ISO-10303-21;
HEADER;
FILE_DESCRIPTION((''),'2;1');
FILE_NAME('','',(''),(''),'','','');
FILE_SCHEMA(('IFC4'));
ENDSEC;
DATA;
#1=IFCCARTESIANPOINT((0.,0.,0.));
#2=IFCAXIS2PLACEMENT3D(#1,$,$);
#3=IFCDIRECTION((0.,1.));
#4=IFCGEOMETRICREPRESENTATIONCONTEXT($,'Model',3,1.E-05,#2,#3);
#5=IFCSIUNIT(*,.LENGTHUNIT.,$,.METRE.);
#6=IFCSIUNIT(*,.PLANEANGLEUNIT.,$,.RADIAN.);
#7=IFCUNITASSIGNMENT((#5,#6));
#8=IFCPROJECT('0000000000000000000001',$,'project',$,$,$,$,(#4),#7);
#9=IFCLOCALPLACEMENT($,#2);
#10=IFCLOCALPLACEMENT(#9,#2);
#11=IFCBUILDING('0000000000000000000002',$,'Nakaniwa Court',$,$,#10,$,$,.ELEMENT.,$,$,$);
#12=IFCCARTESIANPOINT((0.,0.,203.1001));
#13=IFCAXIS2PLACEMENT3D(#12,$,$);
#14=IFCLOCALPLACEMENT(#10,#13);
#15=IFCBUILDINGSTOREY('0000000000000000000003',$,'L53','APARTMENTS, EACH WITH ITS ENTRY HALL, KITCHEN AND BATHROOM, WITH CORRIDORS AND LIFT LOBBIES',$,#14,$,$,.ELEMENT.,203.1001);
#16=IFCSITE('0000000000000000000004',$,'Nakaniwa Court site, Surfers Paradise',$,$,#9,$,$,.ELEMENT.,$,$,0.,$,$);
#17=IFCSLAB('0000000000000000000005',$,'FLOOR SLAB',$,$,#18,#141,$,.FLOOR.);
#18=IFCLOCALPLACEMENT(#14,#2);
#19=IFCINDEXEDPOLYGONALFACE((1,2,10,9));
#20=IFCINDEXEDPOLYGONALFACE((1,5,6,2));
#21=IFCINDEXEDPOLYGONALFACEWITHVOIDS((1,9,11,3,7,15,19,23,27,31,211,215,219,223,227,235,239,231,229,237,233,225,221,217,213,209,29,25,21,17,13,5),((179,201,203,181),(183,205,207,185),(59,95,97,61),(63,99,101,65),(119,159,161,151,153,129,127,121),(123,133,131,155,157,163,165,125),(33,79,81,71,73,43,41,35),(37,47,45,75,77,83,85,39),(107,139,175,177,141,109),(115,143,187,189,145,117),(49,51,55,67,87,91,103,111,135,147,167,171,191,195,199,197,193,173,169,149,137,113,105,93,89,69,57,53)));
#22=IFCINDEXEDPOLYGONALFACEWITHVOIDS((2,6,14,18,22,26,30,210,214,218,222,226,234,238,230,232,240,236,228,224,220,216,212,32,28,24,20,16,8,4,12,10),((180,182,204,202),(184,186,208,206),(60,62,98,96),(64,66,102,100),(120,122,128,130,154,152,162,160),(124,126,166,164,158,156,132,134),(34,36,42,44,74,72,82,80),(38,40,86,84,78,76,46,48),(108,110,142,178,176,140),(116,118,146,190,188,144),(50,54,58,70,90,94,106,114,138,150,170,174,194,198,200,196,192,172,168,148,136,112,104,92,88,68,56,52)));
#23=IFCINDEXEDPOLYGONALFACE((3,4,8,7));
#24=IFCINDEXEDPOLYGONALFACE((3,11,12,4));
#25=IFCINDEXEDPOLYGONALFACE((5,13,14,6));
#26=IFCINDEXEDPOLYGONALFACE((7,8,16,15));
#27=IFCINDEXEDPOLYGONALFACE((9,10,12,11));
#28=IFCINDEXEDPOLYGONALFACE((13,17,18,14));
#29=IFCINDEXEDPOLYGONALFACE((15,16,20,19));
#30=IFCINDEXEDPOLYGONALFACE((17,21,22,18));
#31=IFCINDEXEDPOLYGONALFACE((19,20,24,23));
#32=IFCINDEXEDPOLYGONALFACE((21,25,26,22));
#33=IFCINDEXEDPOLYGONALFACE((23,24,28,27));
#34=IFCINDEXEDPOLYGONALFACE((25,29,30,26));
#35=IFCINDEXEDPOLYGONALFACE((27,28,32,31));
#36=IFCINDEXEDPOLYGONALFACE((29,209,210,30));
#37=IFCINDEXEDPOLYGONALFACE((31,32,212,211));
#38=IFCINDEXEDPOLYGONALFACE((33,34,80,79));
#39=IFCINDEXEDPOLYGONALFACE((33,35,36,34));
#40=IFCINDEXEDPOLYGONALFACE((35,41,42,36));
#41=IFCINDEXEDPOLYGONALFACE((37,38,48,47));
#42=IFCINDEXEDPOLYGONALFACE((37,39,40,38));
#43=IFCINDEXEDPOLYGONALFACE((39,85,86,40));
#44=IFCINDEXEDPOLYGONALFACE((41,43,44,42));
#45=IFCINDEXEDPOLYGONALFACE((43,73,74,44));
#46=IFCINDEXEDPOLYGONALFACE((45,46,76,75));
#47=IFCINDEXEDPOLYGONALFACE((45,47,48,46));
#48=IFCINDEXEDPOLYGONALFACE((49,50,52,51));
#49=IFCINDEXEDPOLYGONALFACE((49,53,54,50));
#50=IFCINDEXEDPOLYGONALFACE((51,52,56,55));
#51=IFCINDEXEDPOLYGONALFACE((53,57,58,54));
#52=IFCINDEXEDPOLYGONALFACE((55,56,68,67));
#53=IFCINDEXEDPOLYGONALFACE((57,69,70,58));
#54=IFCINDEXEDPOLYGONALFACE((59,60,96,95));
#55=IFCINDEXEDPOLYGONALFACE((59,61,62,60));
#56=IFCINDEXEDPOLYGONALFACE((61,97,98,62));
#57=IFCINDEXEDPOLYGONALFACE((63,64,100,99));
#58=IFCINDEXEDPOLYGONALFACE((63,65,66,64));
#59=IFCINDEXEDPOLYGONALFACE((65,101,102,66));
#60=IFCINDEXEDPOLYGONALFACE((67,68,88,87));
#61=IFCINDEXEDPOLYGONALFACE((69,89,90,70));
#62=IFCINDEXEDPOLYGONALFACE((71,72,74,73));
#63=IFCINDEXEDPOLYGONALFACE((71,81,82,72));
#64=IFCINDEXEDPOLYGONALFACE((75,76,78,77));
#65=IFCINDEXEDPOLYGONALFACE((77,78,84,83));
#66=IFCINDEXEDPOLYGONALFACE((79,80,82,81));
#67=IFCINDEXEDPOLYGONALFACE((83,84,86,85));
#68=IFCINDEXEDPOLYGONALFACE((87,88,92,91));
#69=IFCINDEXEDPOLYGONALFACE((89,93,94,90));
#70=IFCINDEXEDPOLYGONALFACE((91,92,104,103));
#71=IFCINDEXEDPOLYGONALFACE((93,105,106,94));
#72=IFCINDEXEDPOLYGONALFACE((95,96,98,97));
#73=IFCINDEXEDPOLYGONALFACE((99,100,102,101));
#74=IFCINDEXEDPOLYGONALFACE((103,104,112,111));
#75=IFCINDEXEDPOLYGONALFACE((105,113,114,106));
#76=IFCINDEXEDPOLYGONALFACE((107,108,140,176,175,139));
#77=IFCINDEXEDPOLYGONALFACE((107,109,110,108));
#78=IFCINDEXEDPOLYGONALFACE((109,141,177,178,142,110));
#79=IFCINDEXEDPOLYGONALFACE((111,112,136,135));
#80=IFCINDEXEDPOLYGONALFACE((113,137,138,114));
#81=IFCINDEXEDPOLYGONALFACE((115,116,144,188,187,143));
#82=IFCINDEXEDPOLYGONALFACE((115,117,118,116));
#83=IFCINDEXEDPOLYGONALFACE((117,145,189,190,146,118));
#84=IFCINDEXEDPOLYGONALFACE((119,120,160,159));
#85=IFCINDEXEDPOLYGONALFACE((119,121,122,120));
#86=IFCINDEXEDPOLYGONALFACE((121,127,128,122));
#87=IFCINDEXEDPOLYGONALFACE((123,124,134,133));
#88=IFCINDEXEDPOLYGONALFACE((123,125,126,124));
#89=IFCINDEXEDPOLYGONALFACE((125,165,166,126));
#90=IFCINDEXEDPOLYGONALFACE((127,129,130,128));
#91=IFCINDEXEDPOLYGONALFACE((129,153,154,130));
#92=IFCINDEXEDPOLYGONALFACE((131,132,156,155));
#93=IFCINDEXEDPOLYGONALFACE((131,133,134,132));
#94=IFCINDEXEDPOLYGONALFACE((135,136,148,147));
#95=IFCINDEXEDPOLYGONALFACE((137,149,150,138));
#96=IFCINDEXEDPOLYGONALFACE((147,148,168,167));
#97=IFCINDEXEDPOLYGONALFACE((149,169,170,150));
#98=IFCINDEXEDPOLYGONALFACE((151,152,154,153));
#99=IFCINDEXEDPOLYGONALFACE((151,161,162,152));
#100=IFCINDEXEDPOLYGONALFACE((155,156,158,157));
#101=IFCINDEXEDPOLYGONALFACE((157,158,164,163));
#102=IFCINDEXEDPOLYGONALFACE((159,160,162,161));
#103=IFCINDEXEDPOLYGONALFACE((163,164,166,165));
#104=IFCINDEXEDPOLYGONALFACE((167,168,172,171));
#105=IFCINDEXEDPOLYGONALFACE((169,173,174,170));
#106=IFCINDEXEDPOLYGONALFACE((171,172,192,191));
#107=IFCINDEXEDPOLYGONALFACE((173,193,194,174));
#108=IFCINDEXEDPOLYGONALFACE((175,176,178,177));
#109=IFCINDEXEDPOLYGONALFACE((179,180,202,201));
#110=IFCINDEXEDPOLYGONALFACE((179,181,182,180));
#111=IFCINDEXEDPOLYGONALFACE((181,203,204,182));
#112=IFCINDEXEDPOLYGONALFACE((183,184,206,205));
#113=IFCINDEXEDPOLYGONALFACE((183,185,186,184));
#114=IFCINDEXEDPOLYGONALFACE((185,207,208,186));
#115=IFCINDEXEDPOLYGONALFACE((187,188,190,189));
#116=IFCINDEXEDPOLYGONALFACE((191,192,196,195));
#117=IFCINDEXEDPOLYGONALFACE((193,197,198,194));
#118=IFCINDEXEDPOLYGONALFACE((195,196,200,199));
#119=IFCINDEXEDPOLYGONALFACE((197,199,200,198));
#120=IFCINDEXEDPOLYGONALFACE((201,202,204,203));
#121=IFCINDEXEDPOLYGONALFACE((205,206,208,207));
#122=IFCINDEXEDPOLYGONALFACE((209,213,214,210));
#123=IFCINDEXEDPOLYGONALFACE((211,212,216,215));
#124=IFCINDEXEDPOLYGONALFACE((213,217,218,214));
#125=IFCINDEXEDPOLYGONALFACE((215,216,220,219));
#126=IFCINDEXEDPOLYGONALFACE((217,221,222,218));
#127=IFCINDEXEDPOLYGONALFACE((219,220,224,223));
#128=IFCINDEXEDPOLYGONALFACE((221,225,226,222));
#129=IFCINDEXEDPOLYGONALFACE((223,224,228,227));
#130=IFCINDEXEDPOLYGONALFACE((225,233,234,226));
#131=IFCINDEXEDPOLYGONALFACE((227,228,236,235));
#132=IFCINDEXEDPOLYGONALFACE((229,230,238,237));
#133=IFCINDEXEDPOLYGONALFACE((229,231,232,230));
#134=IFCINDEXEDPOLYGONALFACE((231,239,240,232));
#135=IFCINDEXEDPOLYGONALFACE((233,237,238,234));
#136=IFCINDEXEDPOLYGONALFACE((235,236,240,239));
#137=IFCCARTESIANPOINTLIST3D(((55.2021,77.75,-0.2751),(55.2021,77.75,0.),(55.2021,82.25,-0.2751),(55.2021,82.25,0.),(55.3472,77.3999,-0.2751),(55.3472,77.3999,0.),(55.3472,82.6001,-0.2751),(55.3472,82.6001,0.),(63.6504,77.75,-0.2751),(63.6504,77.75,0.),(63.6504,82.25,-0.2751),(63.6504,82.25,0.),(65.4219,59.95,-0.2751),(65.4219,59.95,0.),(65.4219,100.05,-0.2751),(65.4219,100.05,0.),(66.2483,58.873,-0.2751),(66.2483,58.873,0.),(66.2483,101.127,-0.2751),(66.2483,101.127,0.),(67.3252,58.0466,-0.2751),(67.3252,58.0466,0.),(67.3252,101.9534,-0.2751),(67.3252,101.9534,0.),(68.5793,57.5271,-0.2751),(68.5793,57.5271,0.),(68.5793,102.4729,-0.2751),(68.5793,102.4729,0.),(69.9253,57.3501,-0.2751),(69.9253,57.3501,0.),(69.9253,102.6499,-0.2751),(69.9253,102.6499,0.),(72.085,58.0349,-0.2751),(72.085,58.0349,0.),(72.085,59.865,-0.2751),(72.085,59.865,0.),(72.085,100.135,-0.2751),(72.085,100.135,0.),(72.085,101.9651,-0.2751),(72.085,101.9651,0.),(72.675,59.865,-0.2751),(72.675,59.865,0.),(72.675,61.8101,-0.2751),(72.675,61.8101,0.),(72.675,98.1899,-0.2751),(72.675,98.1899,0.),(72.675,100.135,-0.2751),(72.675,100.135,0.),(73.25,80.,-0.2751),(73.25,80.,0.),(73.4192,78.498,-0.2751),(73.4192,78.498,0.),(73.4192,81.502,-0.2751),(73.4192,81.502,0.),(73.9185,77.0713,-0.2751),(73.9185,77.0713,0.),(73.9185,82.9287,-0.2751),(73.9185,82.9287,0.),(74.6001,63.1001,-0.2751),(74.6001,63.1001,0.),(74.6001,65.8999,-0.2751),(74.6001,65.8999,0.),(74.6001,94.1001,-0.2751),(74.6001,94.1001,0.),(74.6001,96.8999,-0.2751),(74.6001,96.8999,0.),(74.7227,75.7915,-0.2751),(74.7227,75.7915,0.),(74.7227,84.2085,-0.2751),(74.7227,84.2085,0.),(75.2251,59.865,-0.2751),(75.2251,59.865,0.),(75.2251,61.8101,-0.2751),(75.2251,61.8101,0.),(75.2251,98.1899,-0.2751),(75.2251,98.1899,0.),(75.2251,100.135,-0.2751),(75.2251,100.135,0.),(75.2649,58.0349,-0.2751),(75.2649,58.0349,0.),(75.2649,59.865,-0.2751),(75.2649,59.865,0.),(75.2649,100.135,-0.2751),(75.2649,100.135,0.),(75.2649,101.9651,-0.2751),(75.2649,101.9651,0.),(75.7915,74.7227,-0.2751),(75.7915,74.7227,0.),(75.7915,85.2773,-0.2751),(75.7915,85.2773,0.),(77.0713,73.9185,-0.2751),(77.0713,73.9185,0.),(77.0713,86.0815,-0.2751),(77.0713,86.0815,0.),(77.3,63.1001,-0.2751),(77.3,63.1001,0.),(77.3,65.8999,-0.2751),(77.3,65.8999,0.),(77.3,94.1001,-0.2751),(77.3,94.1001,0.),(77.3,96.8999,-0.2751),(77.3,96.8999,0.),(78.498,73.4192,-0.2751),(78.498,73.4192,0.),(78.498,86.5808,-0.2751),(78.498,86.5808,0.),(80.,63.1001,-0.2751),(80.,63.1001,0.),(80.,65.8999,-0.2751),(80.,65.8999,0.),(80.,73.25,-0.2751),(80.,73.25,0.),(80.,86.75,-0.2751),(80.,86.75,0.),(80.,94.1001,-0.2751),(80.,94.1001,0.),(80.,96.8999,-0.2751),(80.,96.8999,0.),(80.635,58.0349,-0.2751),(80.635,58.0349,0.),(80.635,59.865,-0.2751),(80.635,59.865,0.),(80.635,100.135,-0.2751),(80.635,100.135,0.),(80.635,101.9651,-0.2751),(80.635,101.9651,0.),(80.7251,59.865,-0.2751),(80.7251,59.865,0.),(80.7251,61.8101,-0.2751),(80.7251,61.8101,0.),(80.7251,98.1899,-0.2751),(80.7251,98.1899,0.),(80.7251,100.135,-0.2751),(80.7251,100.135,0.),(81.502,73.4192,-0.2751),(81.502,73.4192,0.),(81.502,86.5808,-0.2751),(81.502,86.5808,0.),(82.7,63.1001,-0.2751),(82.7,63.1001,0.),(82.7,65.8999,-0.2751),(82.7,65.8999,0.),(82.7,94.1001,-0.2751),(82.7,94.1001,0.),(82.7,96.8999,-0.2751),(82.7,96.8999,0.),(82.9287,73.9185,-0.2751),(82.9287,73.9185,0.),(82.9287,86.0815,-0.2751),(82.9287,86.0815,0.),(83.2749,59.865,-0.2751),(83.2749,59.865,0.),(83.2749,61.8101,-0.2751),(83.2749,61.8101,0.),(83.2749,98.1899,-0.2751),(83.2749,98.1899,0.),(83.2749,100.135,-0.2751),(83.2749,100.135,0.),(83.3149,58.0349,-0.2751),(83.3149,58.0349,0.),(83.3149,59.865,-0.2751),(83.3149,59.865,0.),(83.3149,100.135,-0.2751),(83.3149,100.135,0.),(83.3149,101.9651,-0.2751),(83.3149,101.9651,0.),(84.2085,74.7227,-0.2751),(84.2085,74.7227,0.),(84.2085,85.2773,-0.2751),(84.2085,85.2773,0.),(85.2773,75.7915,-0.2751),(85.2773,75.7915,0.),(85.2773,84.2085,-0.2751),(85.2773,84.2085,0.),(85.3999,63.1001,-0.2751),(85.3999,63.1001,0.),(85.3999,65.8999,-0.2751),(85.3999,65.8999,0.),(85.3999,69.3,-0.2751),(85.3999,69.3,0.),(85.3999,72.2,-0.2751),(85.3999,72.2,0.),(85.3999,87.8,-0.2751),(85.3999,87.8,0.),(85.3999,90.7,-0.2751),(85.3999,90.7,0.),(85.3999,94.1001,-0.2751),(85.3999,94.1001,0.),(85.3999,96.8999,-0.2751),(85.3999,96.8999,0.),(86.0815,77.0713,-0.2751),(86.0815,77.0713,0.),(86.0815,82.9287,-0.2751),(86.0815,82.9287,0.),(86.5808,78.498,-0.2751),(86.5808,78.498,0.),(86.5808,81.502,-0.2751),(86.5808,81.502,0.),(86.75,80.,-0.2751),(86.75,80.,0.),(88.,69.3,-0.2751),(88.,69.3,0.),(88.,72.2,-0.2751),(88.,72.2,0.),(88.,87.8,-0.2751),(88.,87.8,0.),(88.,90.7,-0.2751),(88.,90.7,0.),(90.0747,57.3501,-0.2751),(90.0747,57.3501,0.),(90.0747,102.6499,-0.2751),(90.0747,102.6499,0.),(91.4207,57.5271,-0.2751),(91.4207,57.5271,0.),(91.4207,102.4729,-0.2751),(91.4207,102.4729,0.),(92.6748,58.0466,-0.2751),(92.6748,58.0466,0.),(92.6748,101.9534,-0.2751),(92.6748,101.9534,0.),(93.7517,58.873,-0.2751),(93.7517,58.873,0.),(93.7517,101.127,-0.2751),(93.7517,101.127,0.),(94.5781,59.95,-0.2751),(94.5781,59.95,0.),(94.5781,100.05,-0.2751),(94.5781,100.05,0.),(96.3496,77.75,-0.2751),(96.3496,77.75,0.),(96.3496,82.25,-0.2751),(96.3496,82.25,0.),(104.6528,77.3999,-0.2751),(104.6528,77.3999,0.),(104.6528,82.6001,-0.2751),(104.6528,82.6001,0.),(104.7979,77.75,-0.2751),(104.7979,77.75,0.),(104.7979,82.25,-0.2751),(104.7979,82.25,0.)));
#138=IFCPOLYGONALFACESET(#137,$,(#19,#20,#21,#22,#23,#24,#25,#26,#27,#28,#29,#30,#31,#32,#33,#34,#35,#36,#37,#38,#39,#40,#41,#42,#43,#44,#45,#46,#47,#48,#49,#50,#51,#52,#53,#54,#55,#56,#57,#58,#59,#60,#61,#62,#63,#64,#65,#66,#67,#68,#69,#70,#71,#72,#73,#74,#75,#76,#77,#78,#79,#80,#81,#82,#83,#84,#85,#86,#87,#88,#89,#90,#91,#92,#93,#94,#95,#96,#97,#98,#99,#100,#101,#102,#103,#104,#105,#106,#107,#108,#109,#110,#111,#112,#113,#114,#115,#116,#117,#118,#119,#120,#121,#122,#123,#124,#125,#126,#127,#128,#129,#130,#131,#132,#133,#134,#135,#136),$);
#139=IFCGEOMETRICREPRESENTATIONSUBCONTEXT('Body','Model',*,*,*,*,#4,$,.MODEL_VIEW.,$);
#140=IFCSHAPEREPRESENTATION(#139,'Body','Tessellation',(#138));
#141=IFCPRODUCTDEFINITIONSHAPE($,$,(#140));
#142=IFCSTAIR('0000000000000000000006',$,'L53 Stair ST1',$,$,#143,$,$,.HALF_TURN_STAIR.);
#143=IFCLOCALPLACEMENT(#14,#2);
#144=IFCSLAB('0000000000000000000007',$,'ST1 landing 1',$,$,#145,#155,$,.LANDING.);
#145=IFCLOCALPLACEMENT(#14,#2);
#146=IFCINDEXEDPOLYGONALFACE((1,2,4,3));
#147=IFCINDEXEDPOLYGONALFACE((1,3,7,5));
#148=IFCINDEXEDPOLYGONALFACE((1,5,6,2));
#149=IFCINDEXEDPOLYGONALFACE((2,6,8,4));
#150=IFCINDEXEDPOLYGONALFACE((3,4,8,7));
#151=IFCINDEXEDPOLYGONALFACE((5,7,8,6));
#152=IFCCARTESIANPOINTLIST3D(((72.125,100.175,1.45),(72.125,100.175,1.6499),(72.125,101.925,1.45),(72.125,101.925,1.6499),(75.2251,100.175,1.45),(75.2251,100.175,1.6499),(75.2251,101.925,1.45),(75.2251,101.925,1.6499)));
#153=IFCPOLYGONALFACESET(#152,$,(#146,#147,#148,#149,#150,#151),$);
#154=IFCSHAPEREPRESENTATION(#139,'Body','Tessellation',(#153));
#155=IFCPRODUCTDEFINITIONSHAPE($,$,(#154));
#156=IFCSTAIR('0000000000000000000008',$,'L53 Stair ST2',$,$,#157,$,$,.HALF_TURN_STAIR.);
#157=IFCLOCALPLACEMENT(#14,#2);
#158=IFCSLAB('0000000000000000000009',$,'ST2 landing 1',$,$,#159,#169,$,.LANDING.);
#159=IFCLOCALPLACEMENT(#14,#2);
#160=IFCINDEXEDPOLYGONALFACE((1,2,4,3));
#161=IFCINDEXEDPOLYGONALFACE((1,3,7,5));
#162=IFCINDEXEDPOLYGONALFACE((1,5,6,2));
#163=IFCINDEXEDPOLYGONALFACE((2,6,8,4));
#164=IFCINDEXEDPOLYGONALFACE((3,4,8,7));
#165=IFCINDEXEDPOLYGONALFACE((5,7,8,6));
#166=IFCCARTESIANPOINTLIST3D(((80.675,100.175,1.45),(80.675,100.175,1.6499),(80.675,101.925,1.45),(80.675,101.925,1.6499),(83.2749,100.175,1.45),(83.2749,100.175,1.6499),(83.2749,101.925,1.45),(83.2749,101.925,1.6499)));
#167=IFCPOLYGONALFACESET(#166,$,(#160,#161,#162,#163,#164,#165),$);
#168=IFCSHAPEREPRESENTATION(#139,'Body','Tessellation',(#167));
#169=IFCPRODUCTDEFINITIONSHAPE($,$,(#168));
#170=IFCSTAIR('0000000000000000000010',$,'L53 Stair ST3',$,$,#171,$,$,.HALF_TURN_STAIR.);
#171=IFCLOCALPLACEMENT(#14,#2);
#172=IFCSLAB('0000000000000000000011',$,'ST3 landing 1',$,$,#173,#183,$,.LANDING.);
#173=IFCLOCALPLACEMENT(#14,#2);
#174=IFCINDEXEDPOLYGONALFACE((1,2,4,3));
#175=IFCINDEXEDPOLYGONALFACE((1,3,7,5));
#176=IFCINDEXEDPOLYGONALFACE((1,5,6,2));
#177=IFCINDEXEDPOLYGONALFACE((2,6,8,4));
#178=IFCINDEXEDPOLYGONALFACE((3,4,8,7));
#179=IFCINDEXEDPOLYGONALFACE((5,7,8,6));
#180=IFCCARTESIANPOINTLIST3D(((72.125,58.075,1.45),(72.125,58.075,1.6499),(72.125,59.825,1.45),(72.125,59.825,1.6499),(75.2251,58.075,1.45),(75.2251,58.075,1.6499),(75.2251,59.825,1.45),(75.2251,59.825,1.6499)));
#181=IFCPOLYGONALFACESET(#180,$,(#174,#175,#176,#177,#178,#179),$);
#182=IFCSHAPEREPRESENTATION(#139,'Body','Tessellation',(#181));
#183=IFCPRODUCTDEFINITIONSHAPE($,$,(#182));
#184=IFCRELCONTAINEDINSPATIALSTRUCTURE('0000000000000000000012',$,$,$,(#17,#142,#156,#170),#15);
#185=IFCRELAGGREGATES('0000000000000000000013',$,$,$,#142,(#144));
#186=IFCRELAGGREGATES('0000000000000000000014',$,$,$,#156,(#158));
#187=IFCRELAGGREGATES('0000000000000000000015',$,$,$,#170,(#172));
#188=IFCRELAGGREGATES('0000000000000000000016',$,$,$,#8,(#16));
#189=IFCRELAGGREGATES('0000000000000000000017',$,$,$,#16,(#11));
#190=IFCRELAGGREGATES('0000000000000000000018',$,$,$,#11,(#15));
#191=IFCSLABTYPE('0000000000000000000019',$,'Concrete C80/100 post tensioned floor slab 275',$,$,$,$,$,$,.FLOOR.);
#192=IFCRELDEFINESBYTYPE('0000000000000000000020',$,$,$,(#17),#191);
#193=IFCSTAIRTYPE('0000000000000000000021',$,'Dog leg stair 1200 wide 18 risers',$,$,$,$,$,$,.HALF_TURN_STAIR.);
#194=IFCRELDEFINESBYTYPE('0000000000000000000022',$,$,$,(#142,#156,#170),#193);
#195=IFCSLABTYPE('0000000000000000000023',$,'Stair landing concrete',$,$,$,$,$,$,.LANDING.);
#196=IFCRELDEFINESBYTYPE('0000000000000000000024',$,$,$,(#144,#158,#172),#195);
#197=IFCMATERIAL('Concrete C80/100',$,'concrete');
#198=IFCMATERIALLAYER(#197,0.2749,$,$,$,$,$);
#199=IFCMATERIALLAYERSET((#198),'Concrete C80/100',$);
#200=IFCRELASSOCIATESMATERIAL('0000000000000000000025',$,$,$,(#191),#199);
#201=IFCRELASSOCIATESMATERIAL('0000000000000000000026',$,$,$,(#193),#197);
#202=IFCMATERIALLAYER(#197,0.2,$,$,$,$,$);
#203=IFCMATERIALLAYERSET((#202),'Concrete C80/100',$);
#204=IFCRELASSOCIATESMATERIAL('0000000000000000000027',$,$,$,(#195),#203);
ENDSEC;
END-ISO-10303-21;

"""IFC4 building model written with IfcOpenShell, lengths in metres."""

from ifc_helpers import new_model, si_unit, direction, frame, origin, place, context, subcontext, project, spatial, polyline, outline, extrude, material, layer, layer_set, type_object, element, aggregate, save


model = new_model("IFC4")

# Units and contexts
model_context = context("Model", 3, precision=1e-05, world=origin(), true_north=direction((0.0, 1.0)))
body_context = subcontext(model_context, "Body", "Model", "MODEL_VIEW")
ifc_project = project(units=[si_unit("LENGTHUNIT", "METRE"), si_unit("PLANEANGLEUNIT", "RADIAN")], contexts=[model_context])

# Site, building, storey
site_placement = place(None, origin())
site = spatial("IfcSite", under=ifc_project, at=site_placement, Name="Nakaniwa Court site, Surfers Paradise", CompositionType="ELEMENT", RefElevation=0.0)
building_placement = place(site_placement, origin())
building = spatial("IfcBuilding", under=site, at=building_placement, Name="Nakaniwa Court", CompositionType="ELEMENT")
storey_placement = place(building_placement, frame((0.0, 0.0, 203.1001)))
storey = spatial("IfcBuildingStorey", under=building, at=storey_placement, Name="L53", Description="APARTMENTS, EACH WITH ITS ENTRY HALL, KITCHEN AND BATHROOM, WITH CORRIDORS AND LIFT LOBBIES", CompositionType="ELEMENT", Elevation=203.1001)

# Shared definitions
ifc_material_1 = material(Name="Concrete C80/100", Category="concrete")

# Slab
ifc_layer_1 = layer(ifc_material_1, 0.2749)
ifc_layer_set_1 = layer_set([ifc_layer_1], Name="Concrete C80/100")
slab_type_1 = type_object("IfcSlabType", Name="Concrete C80/100 post tensioned floor slab 275", PredefinedType="FLOOR", material=ifc_layer_set_1)
slab_1_placement = place(storey_placement, frame((0.0, 0.0, -0.2751)))
element("IfcSlab", 1, at=slab_1_placement, inside=storey, type_object=slab_type_1, Name="FLOOR SLAB", PredefinedType="FLOOR", context=body_context, shape_type="SweptSolid", body=[
    extrude(outline(polyline([(96.3496, 82.25), (104.7979, 82.25), (104.6528, 82.6001), (94.5781, 100.05), (93.7517, 101.127), (92.6748, 101.9534), (91.4207, 102.4729), (90.0747, 102.6499), (69.9253, 102.6499), (68.5793, 102.4729), (67.3252, 101.9534), (66.2483, 101.127), (65.4219, 100.05), (55.3472, 82.6001), (55.2021, 82.25), (63.6504, 82.25), (63.6504, 77.75), (55.2021, 77.75), (55.3472, 77.3999), (65.4219, 59.95), (66.2483, 58.873), (67.3252, 58.0466), (68.5793, 57.5271), (69.9253, 57.3501), (90.0747, 57.3501), (91.4207, 57.5271), (92.6748, 58.0466), (93.7517, 58.873), (94.5781, 59.95), (104.6528, 77.3999), (104.7979, 77.75), (96.3496, 77.75), (96.3496, 82.25)]), holes=[polyline([(81.502, 86.5808), (80.0, 86.75), (78.498, 86.5808), (77.0713, 86.0815), (75.7915, 85.2773), (74.7227, 84.2085), (73.9185, 82.9287), (73.4192, 81.502), (73.25, 80.0), (73.4192, 78.498), (73.9185, 77.0713), (74.7227, 75.7915), (75.7915, 74.7227), (77.0713, 73.9185), (78.498, 73.4192), (80.0, 73.25), (81.502, 73.4192), (82.9287, 73.9185), (84.2085, 74.7227), (85.2773, 75.7915), (86.0815, 77.0713), (86.5808, 78.498), (86.75, 80.0), (86.5808, 81.502), (86.0815, 82.9287), (85.2773, 84.2085), (84.2085, 85.2773), (82.9287, 86.0815), (81.502, 86.5808)]), polyline([(72.675, 61.8101), (72.675, 59.865), (72.085, 59.865), (72.085, 58.0349), (75.2649, 58.0349), (75.2649, 59.865), (75.2251, 59.865), (75.2251, 61.8101), (72.675, 61.8101)]), polyline([(77.3, 65.8999), (74.6001, 65.8999), (74.6001, 63.1001), (77.3, 63.1001), (77.3, 65.8999)]), polyline([(80.0, 65.8999), (80.0, 63.1001), (82.7, 63.1001), (85.3999, 63.1001), (85.3999, 65.8999), (82.7, 65.8999), (80.0, 65.8999)]), polyline([(77.3, 96.8999), (74.6001, 96.8999), (74.6001, 94.1001), (77.3, 94.1001), (77.3, 96.8999)]), polyline([(80.0, 96.8999), (80.0, 94.1001), (82.7, 94.1001), (85.3999, 94.1001), (85.3999, 96.8999), (82.7, 96.8999), (80.0, 96.8999)]), polyline([(75.2649, 100.135), (75.2649, 101.9651), (72.085, 101.9651), (72.085, 100.135), (72.675, 100.135), (72.675, 98.1899), (75.2251, 98.1899), (75.2251, 100.135), (75.2649, 100.135)]), polyline([(83.2749, 61.8101), (80.7251, 61.8101), (80.7251, 59.865), (80.635, 59.865), (80.635, 58.0349), (83.3149, 58.0349), (83.3149, 59.865), (83.2749, 59.865), (83.2749, 61.8101)]), polyline([(88.0, 72.2), (85.3999, 72.2), (85.3999, 69.3), (88.0, 69.3), (88.0, 72.2)]), polyline([(88.0, 90.7), (85.3999, 90.7), (85.3999, 87.8), (88.0, 87.8), (88.0, 90.7)]), polyline([(83.3149, 100.135), (83.3149, 101.9651), (80.635, 101.9651), (80.635, 100.135), (80.7251, 100.135), (80.7251, 98.1899), (83.2749, 98.1899), (83.2749, 100.135), (83.3149, 100.135)])]), origin(), (0.0, 0.0, 1.0), 0.2751),
])

# Stairs, slabs
stair_type = type_object("IfcStairType", Name="Dog leg stair 1200 wide 18 risers", PredefinedType="HALF_TURN_STAIR", material=ifc_material_1)
stair_1_placement = place(storey_placement, origin())
stair_1 = element("IfcStair", 2, at=stair_1_placement, inside=storey, type_object=stair_type, Name="L53 Stair ST1", PredefinedType="HALF_TURN_STAIR")
ifc_layer_2 = layer(ifc_material_1, 0.2)
ifc_layer_set_2 = layer_set([ifc_layer_2], Name="Concrete C80/100")
slab_type_2 = type_object("IfcSlabType", Name="Stair landing concrete", PredefinedType="LANDING", material=ifc_layer_set_2)
slab_2_placement = place(storey_placement, frame((0.0, 0.0, 1.45)))
slab_2 = element("IfcSlab", 3, at=slab_2_placement, type_object=slab_type_2, Name="ST1 landing 1", PredefinedType="LANDING", context=body_context, shape_type="SweptSolid", body=[
    extrude(outline(polyline([(75.2251, 100.175), (75.2251, 101.925), (72.125, 101.925), (72.125, 100.175), (75.2251, 100.175)])), origin(), (0.0, 0.0, 1.0), 0.2),
])
aggregate(stair_1, [slab_2])
stair_2_placement = place(storey_placement, origin())
stair_2 = element("IfcStair", 4, at=stair_2_placement, inside=storey, type_object=stair_type, Name="L53 Stair ST2", PredefinedType="HALF_TURN_STAIR")
slab_3_placement = place(storey_placement, frame((0.0, 0.0, 1.45)))
slab_3 = element("IfcSlab", 5, at=slab_3_placement, type_object=slab_type_2, Name="ST2 landing 1", PredefinedType="LANDING", context=body_context, shape_type="SweptSolid", body=[
    extrude(outline(polyline([(83.2749, 100.175), (83.2749, 101.925), (80.675, 101.925), (80.675, 100.175), (83.2749, 100.175)])), origin(), (0.0, 0.0, 1.0), 0.2),
])
aggregate(stair_2, [slab_3])
stair_3_placement = place(storey_placement, origin())
stair_3 = element("IfcStair", 6, at=stair_3_placement, inside=storey, type_object=stair_type, Name="L53 Stair ST3", PredefinedType="HALF_TURN_STAIR")
slab_4_placement = place(storey_placement, frame((0.0, 0.0, 1.45)))
slab_4 = element("IfcSlab", 7, at=slab_4_placement, type_object=slab_type_2, Name="ST3 landing 1", PredefinedType="LANDING", context=body_context, shape_type="SweptSolid", body=[
    extrude(outline(polyline([(75.2251, 58.075), (75.2251, 59.825), (72.125, 59.825), (72.125, 58.075), (75.2251, 58.075)])), origin(), (0.0, 0.0, 1.0), 0.2),
])
aggregate(stair_3, [slab_4])

save(model, "model.ifc")
